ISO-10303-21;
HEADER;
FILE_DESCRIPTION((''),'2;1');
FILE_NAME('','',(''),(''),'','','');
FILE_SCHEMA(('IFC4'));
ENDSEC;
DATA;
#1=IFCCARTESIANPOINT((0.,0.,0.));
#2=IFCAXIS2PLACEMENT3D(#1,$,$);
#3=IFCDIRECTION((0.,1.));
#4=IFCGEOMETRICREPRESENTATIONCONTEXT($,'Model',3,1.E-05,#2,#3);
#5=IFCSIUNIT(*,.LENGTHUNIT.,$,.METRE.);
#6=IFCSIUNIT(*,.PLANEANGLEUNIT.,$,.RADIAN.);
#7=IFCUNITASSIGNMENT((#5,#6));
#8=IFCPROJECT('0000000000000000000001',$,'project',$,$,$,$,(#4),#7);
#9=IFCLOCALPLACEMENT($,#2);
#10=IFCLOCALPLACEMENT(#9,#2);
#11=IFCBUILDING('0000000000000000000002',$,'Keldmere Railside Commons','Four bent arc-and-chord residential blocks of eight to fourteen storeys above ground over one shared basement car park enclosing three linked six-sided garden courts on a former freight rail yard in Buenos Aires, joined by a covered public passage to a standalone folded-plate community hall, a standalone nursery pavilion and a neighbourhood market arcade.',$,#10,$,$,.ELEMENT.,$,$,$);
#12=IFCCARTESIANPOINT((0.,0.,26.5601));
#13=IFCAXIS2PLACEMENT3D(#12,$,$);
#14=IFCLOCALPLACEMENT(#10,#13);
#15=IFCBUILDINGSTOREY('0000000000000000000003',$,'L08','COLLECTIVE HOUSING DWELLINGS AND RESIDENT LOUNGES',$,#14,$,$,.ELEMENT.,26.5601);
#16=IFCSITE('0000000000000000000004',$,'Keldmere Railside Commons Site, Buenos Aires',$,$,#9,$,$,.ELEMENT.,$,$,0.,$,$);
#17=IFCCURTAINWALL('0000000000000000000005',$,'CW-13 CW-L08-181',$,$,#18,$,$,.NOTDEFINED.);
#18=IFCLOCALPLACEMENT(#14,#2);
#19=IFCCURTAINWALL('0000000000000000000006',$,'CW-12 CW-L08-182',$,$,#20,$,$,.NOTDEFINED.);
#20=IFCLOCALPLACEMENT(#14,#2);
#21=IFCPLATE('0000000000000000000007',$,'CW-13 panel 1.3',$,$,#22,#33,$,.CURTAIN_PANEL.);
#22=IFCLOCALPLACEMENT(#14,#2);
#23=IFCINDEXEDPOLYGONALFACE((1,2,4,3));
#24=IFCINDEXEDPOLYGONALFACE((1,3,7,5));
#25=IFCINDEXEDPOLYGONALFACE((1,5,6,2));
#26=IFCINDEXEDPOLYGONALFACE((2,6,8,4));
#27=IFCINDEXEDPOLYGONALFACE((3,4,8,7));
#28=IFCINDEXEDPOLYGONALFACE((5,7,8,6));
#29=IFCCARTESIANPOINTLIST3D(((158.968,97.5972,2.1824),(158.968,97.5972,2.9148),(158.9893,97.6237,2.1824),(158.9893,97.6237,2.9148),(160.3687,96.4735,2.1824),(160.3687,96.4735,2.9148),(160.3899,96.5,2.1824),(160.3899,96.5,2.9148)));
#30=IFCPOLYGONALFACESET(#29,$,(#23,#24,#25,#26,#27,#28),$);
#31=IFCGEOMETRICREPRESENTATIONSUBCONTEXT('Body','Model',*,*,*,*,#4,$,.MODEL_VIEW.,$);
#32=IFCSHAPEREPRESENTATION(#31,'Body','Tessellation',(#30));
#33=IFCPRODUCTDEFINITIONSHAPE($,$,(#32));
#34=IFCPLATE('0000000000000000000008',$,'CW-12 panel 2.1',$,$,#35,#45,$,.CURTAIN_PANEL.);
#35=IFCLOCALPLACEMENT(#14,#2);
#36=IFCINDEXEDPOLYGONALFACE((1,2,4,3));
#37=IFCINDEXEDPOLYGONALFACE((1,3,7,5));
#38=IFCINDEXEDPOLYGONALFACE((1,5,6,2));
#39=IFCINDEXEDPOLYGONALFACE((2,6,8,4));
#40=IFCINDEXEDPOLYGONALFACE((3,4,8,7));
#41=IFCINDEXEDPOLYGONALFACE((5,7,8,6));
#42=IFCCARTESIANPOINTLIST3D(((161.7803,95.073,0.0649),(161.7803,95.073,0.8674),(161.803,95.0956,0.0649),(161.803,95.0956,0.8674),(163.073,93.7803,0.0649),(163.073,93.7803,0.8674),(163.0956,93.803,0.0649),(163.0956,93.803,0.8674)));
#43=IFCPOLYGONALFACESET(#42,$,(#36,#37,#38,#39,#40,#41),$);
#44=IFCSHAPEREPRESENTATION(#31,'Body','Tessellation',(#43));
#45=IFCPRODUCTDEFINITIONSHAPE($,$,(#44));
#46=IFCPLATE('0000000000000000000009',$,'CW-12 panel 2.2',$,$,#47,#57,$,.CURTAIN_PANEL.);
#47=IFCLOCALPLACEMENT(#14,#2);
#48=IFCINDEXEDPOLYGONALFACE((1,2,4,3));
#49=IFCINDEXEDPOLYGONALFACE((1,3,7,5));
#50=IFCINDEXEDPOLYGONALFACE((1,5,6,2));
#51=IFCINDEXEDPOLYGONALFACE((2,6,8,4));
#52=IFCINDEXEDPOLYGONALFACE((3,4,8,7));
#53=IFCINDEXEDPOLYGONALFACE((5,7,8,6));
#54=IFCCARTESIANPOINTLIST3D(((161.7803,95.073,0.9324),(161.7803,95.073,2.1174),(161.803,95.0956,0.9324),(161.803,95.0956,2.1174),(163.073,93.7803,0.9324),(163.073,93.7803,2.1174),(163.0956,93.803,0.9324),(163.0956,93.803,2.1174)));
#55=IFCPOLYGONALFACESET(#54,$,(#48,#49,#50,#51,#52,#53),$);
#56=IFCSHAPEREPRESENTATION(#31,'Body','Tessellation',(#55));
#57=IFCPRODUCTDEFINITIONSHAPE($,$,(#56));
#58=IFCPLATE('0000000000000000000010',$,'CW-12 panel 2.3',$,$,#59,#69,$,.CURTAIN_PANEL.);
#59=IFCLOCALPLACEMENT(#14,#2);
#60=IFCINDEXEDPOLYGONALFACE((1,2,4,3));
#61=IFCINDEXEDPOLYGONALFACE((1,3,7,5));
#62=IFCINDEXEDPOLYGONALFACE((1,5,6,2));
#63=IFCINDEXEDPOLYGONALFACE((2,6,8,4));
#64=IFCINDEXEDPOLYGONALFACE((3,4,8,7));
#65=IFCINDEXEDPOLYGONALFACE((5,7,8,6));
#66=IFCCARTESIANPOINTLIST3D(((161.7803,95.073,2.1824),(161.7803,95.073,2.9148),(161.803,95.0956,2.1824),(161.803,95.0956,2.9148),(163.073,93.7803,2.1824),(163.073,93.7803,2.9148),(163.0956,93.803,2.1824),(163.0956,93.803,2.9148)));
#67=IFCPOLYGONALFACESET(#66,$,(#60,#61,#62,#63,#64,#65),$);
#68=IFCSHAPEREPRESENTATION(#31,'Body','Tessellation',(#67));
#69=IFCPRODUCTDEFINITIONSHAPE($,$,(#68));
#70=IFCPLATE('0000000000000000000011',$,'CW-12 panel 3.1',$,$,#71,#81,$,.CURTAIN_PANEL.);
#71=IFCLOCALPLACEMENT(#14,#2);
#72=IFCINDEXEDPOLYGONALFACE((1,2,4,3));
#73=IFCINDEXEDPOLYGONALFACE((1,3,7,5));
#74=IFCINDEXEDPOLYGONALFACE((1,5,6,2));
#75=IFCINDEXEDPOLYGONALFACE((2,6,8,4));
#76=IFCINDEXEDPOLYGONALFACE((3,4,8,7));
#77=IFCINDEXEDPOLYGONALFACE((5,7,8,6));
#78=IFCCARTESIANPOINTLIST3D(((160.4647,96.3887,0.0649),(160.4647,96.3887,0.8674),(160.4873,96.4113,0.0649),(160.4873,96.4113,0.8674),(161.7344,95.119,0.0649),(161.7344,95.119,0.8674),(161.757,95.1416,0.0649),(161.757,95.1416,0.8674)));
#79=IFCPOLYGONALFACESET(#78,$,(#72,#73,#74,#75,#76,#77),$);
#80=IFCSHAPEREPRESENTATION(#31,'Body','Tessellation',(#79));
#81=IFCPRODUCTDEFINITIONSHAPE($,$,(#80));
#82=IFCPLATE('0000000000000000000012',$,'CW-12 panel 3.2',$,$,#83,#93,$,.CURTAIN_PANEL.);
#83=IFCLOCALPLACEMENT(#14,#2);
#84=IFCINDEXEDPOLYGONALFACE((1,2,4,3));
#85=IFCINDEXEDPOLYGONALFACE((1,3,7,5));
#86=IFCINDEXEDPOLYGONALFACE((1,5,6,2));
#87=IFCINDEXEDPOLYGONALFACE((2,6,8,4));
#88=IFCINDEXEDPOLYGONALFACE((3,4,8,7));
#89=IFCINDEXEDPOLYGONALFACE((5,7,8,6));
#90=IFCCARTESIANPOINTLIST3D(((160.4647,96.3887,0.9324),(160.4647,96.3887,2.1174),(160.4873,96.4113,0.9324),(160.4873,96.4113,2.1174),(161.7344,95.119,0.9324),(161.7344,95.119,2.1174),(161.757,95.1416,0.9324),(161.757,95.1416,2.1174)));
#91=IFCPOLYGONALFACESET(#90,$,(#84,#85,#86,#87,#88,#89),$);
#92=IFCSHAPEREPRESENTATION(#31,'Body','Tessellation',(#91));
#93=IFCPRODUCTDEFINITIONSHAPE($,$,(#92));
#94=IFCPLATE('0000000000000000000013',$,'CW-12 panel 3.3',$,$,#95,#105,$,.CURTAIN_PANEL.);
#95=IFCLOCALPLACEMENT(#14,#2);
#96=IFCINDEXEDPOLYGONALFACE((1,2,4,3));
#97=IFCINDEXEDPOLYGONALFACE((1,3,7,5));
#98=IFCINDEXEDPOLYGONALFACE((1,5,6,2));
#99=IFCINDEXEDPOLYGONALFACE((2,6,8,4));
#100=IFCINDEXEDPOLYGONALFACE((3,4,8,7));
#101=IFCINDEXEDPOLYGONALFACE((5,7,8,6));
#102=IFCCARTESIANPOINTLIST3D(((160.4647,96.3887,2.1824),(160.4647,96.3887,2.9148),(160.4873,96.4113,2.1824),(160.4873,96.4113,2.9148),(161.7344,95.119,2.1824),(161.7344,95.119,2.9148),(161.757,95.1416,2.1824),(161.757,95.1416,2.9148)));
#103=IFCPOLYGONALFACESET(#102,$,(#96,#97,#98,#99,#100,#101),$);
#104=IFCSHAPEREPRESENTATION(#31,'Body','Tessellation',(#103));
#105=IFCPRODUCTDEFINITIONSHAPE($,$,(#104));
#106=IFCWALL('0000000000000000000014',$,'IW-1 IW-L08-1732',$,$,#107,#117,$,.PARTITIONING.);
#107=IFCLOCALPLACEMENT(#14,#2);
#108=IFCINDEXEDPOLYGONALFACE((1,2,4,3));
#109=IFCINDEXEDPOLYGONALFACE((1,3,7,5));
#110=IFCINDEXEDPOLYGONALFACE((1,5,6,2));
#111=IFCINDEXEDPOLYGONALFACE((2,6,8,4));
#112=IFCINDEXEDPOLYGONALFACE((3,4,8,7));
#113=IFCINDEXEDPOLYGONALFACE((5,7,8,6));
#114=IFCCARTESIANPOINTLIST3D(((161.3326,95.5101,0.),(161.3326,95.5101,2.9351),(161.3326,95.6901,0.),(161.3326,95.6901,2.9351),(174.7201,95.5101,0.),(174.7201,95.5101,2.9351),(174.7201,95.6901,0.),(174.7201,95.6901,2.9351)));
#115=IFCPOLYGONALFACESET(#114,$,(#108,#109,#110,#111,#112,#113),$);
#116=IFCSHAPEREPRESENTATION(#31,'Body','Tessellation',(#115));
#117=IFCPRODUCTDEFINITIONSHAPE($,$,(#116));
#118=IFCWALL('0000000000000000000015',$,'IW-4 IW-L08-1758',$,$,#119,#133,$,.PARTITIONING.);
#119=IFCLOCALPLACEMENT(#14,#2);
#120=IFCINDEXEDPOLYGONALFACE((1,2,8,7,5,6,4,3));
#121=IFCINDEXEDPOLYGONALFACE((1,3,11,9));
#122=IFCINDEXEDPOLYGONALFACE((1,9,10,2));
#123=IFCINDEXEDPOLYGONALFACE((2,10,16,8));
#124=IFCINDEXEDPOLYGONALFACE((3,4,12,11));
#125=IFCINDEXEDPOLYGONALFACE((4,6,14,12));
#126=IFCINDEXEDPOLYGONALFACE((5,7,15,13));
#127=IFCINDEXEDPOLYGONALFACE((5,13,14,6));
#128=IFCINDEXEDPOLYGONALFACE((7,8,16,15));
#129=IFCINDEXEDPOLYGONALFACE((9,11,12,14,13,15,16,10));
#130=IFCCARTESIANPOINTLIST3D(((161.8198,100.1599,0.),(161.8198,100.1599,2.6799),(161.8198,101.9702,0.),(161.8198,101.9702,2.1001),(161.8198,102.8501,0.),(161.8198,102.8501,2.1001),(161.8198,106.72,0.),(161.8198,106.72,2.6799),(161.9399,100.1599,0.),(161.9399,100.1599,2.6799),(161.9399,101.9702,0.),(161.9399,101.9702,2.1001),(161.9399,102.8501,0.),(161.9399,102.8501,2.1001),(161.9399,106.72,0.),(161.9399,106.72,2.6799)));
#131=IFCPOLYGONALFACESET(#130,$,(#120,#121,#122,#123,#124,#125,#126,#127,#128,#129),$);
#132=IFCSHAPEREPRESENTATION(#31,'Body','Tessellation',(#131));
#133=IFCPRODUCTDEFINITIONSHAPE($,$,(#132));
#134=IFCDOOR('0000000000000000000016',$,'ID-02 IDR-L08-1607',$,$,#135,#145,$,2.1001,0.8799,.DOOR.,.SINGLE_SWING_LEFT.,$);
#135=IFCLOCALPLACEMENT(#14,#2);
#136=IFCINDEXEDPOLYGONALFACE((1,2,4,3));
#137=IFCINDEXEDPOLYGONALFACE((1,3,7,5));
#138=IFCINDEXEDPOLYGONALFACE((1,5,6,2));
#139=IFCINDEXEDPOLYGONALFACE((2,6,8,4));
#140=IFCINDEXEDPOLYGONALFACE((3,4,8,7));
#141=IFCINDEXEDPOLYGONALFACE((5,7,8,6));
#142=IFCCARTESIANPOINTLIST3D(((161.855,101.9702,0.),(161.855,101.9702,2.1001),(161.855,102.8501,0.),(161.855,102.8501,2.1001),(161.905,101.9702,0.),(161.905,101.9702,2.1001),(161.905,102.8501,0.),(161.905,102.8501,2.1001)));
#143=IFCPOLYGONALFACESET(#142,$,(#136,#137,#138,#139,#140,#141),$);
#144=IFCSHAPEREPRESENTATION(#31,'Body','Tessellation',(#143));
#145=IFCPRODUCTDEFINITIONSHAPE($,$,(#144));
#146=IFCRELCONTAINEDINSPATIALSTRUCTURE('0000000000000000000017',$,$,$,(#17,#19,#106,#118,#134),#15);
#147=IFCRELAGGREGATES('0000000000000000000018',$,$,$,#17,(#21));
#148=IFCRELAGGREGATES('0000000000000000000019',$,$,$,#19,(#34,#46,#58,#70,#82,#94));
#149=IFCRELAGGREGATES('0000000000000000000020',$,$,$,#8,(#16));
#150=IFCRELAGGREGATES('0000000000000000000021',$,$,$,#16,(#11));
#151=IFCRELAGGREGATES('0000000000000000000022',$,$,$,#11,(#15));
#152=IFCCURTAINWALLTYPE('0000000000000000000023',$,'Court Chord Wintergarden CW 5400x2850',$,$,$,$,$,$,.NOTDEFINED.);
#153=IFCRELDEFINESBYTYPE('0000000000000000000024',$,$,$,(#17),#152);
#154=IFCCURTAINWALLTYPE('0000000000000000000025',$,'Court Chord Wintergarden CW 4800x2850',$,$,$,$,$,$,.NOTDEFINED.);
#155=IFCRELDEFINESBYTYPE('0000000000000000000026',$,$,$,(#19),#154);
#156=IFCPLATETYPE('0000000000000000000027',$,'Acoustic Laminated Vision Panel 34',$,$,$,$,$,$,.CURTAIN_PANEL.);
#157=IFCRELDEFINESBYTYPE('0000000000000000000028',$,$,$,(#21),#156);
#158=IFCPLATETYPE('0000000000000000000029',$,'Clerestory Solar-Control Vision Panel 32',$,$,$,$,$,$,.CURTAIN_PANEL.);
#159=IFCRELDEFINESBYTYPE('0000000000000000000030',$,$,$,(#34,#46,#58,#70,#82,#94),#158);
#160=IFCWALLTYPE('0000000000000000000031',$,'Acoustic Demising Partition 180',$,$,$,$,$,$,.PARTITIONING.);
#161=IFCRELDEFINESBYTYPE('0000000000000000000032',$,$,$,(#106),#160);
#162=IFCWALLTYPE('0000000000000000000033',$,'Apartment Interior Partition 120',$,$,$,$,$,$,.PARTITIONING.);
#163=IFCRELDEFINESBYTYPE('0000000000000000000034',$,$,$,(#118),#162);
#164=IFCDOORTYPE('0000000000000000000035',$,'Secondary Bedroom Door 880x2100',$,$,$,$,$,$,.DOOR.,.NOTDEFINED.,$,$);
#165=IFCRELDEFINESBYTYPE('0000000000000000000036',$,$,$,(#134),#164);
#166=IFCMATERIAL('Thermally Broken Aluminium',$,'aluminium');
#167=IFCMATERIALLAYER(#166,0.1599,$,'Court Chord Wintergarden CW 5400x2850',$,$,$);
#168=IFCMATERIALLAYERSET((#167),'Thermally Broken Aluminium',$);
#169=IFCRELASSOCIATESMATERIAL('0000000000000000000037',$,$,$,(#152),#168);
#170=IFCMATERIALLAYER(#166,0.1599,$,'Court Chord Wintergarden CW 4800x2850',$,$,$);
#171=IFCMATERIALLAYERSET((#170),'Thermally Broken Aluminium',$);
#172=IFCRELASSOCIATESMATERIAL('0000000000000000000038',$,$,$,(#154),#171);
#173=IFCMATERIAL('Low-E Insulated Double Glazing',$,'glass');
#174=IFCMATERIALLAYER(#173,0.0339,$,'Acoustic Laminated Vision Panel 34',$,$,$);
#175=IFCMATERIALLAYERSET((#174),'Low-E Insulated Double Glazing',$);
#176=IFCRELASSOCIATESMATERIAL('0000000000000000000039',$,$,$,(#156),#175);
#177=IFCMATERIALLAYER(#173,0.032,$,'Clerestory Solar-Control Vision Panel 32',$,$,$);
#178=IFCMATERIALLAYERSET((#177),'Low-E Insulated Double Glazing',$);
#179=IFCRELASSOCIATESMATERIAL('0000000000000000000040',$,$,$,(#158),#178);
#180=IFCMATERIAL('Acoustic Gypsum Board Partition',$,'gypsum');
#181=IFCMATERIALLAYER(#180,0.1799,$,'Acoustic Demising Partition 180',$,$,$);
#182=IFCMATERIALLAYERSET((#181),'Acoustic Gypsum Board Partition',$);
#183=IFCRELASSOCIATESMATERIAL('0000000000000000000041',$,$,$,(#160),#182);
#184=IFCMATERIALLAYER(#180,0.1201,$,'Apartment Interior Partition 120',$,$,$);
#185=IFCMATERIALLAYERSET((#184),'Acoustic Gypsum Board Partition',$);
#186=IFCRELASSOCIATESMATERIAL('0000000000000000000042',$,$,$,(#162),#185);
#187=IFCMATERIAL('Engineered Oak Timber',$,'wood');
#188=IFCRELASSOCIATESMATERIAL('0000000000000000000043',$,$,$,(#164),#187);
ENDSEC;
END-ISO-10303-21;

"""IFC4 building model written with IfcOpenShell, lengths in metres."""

from ifc_helpers import new_model, si_unit, direction, frame, frame_2d, origin, origin_2d, place, context, subcontext, project, spatial, rectangle, extrude, material, layer, layer_set, type_object, element, fill, aggregate, save


model = new_model("IFC4")

# Units and contexts
model_context = context("Model", 3, precision=1e-05, world=origin(), true_north=direction((0.0, 1.0)))
body_context = subcontext(model_context, "Body", "Model", "MODEL_VIEW")
ifc_project = project(units=[si_unit("LENGTHUNIT", "METRE"), si_unit("PLANEANGLEUNIT", "RADIAN")], contexts=[model_context])

# Site, building, storey
site_placement = place(None, origin())
site = spatial("IfcSite", under=ifc_project, at=site_placement, Name="Keldmere Railside Commons Site, Buenos Aires", CompositionType="ELEMENT", RefElevation=0.0)
building_placement = place(site_placement, origin())
building = spatial("IfcBuilding", under=site, at=building_placement, Name="Keldmere Railside Commons", Description="Four bent arc-and-chord residential blocks of eight to fourteen storeys above ground over one shared basement car park enclosing three linked six-sided garden courts on a former freight rail yard in Buenos Aires, joined by a covered public passage to a standalone folded-plate community hall, a standalone nursery pavilion and a neighbourhood market arcade.", CompositionType="ELEMENT")
storey_placement = place(building_placement, frame((0.0, 0.0, 26.5601)))
storey = spatial("IfcBuildingStorey", under=building, at=storey_placement, Name="L08", Description="COLLECTIVE HOUSING DWELLINGS AND RESIDENT LOUNGES", CompositionType="ELEMENT", Elevation=26.5601)

# Curtain wall
ifc_material_1 = material(Name="Thermally Broken Aluminium", Category="aluminium")
ifc_layer_1 = layer(ifc_material_1, 0.1599, Name="Court Chord Wintergarden CW 5400x2850")
ifc_layer_set_1 = layer_set([ifc_layer_1], Name="Thermally Broken Aluminium")
curtain_wall_type_1 = type_object("IfcCurtainWallType", Name="Court Chord Wintergarden CW 5400x2850", PredefinedType="NOTDEFINED", material=ifc_layer_set_1)
curtain_wall_1_placement = place(storey_placement, origin())
curtain_wall_1 = element("IfcCurtainWall", 1, at=curtain_wall_1_placement, inside=storey, type_object=curtain_wall_type_1, Name="CW-13 CW-L08-181", PredefinedType="NOTDEFINED")

# Curtain wall
ifc_layer_2 = layer(ifc_material_1, 0.1599, Name="Court Chord Wintergarden CW 4800x2850")
ifc_layer_set_2 = layer_set([ifc_layer_2], Name="Thermally Broken Aluminium")
curtain_wall_type_2 = type_object("IfcCurtainWallType", Name="Court Chord Wintergarden CW 4800x2850", PredefinedType="NOTDEFINED", material=ifc_layer_set_2)
curtain_wall_2_placement = place(storey_placement, origin())
curtain_wall_2 = element("IfcCurtainWall", 2, at=curtain_wall_2_placement, inside=storey, type_object=curtain_wall_type_2, Name="CW-12 CW-L08-182", PredefinedType="NOTDEFINED")

# Plates
ifc_material_2 = material(Name="Low-E Insulated Double Glazing", Category="glass")
ifc_layer_3 = layer(ifc_material_2, 0.0339, Name="Acoustic Laminated Vision Panel 34")
ifc_layer_set_3 = layer_set([ifc_layer_3], Name="Low-E Insulated Double Glazing")
plate_type_1 = type_object("IfcPlateType", Name="Acoustic Laminated Vision Panel 34", PredefinedType="CURTAIN_PANEL", material=ifc_layer_set_3)
plate_1_placement = place(storey_placement, frame((159.679, 97.0486, 2.1824), z_axis=(0.0, 0.0, 1.0), x_axis=(-0.780009, 0.625768, 0.0)))
plate_1 = element("IfcPlate", 3, at=plate_1_placement, type_object=plate_type_1, Name="CW-13 panel 1.3", PredefinedType="CURTAIN_PANEL", context=body_context, shape_type="SweptSolid", body=[
    extrude(rectangle(XDim=1.7957, YDim=0.0339, at=origin_2d()), origin(), (0.0, 0.0, 1.0), 0.7324),
])
aggregate(curtain_wall_1, [plate_1])
ifc_layer_4 = layer(ifc_material_2, 0.032, Name="Clerestory Solar-Control Vision Panel 32")
ifc_layer_set_4 = layer_set([ifc_layer_4], Name="Low-E Insulated Double Glazing")
plate_type_2 = type_object("IfcPlateType", Name="Clerestory Solar-Control Vision Panel 32", PredefinedType="CURTAIN_PANEL", material=ifc_layer_set_4)
plate_2_placement = place(storey_placement, frame((162.438, 94.438, 0.0649), z_axis=(0.0, 0.0, 1.0), x_axis=(-0.707107, 0.707107, 0.0)))
plate_2 = element("IfcPlate", 4, at=plate_2_placement, type_object=plate_type_2, Name="CW-12 panel 2.1", PredefinedType="CURTAIN_PANEL", context=body_context, shape_type="SweptSolid", body=[
    extrude(rectangle(XDim=1.8281, YDim=0.032, at=origin_2d()), origin(), (0.0, 0.0, 1.0), 0.8025),
])
plate_3_placement = place(storey_placement, frame((162.438, 94.438, 0.9324), z_axis=(0.0, 0.0, 1.0), x_axis=(-0.707107, 0.707107, 0.0)))
plate_3 = element("IfcPlate", 5, at=plate_3_placement, type_object=plate_type_2, Name="CW-12 panel 2.2", PredefinedType="CURTAIN_PANEL", context=body_context, shape_type="SweptSolid", body=[
    extrude(rectangle(XDim=1.8281, YDim=0.032, at=origin_2d()), origin(), (0.0, 0.0, 1.0), 1.1851),
])
plate_4_placement = place(storey_placement, frame((162.438, 94.438, 2.1824), z_axis=(0.0, 0.0, 1.0), x_axis=(-0.707107, 0.707107, 0.0)))
plate_4 = element("IfcPlate", 6, at=plate_4_placement, type_object=plate_type_2, Name="CW-12 panel 2.3", PredefinedType="CURTAIN_PANEL", context=body_context, shape_type="SweptSolid", body=[
    extrude(rectangle(XDim=1.8281, YDim=0.032, at=origin_2d()), origin(), (0.0, 0.0, 1.0), 0.7324),
])
plate_5_placement = place(storey_placement, frame((161.1108, 95.7651, 0.0649), z_axis=(0.0, 0.0, 1.0), x_axis=(-0.707107, 0.707107, 0.0)))
plate_5 = element("IfcPlate", 7, at=plate_5_placement, type_object=plate_type_2, Name="CW-12 panel 3.1", PredefinedType="CURTAIN_PANEL", context=body_context, shape_type="SweptSolid", body=[
    extrude(rectangle(XDim=1.7957, YDim=0.032, at=origin_2d()), origin(), (0.0, 0.0, 1.0), 0.8025),
])
plate_6_placement = place(storey_placement, frame((161.1108, 95.7651, 0.9324), z_axis=(0.0, 0.0, 1.0), x_axis=(-0.707107, 0.707107, 0.0)))
plate_6 = element("IfcPlate", 8, at=plate_6_placement, type_object=plate_type_2, Name="CW-12 panel 3.2", PredefinedType="CURTAIN_PANEL", context=body_context, shape_type="SweptSolid", body=[
    extrude(rectangle(XDim=1.7957, YDim=0.032, at=origin_2d()), origin(), (0.0, 0.0, 1.0), 1.1851),
])
plate_7_placement = place(storey_placement, frame((161.1108, 95.7651, 2.1824), z_axis=(0.0, 0.0, 1.0), x_axis=(-0.707107, 0.707107, 0.0)))
plate_7 = element("IfcPlate", 9, at=plate_7_placement, type_object=plate_type_2, Name="CW-12 panel 3.3", PredefinedType="CURTAIN_PANEL", context=body_context, shape_type="SweptSolid", body=[
    extrude(rectangle(XDim=1.7957, YDim=0.032, at=origin_2d()), origin(), (0.0, 0.0, 1.0), 0.7324),
])
aggregate(curtain_wall_2, [plate_2, plate_3, plate_4, plate_5, plate_6, plate_7])

# Wall
ifc_material_3 = material(Name="Acoustic Gypsum Board Partition", Category="gypsum")
ifc_layer_5 = layer(ifc_material_3, 0.1799, Name="Acoustic Demising Partition 180")
ifc_layer_set_5 = layer_set([ifc_layer_5], Name="Acoustic Gypsum Board Partition")
wall_type_1 = type_object("IfcWallType", Name="Acoustic Demising Partition 180", PredefinedType="PARTITIONING", material=ifc_layer_set_5)
wall_1_placement = place(storey_placement, frame((161.3325, 95.6001, 0.0), z_axis=(0.0, 0.0, 1.0), x_axis=(1.0, 0.0, 0.0)))
element("IfcWall", 10, at=wall_1_placement, inside=storey, type_object=wall_type_1, Name="IW-1 IW-L08-1732", PredefinedType="PARTITIONING", context=body_context, shape_type="SweptSolid", body=[
    extrude(rectangle(XDim=13.3875, YDim=0.1799, at=frame_2d((6.6938, 0.0))), origin(), (0.0, 0.0, 1.0), 2.9351),
])

# Wall, opening, door
ifc_layer_6 = layer(ifc_material_3, 0.1201, Name="Apartment Interior Partition 120")
ifc_layer_set_6 = layer_set([ifc_layer_6], Name="Acoustic Gypsum Board Partition")
wall_type_2 = type_object("IfcWallType", Name="Apartment Interior Partition 120", PredefinedType="PARTITIONING", material=ifc_layer_set_6)
wall_2_placement = place(storey_placement, frame((161.8799, 100.1599, 0.0), z_axis=(0.0, 0.0, 1.0), x_axis=(0.0, 1.0, 0.0)))
wall_2 = element("IfcWall", 11, at=wall_2_placement, inside=storey, type_object=wall_type_2, Name="IW-4 IW-L08-1758", PredefinedType="PARTITIONING", context=body_context, shape_type="SweptSolid", body=[
    extrude(rectangle(XDim=6.5601, YDim=0.1201, at=frame_2d((3.28, 0.0))), origin(), (0.0, 0.0, 1.0), 2.6799),
])
opening_placement = place(wall_2_placement, frame((1.8103, 0.0, 0.0)))
opening = element("IfcOpeningElement", 12, at=opening_placement, cuts=wall_2, PredefinedType="OPENING", context=body_context, shape_type="SweptSolid", body=[
    extrude(rectangle(XDim=0.8799, YDim=2.1001, at=frame_2d((0.4399, 1.05))), frame((0.0, 0.0701, 0.0), z_axis=(0.0, -1.0, 0.0), x_axis=(1.0, 0.0, 0.0)), (0.0, 0.0, 1.0), 0.1401),
])
ifc_material_4 = material(Name="Engineered Oak Timber", Category="wood")
door_type = type_object("IfcDoorType", Name="Secondary Bedroom Door 880x2100", OperationType="NOTDEFINED", PredefinedType="DOOR", material=ifc_material_4)
door_placement = place(opening_placement, origin())
door = element("IfcDoor", 13, at=door_placement, inside=storey, type_object=door_type, Name="ID-02 IDR-L08-1607", OperationType="SINGLE_SWING_LEFT", OverallHeight=2.1001, OverallWidth=0.8799, PredefinedType="DOOR", context=body_context, shape_type="SweptSolid", body=[
    extrude(rectangle(XDim=0.8799, YDim=2.1001, at=frame_2d((0.4399, 1.05))), frame((0.0, 0.0249, 0.0), z_axis=(0.0, -1.0, 0.0), x_axis=(1.0, 0.0, 0.0)), (0.0, 0.0, 1.0), 0.05),
])
fill(opening, door)

save(model, "model.ifc")
